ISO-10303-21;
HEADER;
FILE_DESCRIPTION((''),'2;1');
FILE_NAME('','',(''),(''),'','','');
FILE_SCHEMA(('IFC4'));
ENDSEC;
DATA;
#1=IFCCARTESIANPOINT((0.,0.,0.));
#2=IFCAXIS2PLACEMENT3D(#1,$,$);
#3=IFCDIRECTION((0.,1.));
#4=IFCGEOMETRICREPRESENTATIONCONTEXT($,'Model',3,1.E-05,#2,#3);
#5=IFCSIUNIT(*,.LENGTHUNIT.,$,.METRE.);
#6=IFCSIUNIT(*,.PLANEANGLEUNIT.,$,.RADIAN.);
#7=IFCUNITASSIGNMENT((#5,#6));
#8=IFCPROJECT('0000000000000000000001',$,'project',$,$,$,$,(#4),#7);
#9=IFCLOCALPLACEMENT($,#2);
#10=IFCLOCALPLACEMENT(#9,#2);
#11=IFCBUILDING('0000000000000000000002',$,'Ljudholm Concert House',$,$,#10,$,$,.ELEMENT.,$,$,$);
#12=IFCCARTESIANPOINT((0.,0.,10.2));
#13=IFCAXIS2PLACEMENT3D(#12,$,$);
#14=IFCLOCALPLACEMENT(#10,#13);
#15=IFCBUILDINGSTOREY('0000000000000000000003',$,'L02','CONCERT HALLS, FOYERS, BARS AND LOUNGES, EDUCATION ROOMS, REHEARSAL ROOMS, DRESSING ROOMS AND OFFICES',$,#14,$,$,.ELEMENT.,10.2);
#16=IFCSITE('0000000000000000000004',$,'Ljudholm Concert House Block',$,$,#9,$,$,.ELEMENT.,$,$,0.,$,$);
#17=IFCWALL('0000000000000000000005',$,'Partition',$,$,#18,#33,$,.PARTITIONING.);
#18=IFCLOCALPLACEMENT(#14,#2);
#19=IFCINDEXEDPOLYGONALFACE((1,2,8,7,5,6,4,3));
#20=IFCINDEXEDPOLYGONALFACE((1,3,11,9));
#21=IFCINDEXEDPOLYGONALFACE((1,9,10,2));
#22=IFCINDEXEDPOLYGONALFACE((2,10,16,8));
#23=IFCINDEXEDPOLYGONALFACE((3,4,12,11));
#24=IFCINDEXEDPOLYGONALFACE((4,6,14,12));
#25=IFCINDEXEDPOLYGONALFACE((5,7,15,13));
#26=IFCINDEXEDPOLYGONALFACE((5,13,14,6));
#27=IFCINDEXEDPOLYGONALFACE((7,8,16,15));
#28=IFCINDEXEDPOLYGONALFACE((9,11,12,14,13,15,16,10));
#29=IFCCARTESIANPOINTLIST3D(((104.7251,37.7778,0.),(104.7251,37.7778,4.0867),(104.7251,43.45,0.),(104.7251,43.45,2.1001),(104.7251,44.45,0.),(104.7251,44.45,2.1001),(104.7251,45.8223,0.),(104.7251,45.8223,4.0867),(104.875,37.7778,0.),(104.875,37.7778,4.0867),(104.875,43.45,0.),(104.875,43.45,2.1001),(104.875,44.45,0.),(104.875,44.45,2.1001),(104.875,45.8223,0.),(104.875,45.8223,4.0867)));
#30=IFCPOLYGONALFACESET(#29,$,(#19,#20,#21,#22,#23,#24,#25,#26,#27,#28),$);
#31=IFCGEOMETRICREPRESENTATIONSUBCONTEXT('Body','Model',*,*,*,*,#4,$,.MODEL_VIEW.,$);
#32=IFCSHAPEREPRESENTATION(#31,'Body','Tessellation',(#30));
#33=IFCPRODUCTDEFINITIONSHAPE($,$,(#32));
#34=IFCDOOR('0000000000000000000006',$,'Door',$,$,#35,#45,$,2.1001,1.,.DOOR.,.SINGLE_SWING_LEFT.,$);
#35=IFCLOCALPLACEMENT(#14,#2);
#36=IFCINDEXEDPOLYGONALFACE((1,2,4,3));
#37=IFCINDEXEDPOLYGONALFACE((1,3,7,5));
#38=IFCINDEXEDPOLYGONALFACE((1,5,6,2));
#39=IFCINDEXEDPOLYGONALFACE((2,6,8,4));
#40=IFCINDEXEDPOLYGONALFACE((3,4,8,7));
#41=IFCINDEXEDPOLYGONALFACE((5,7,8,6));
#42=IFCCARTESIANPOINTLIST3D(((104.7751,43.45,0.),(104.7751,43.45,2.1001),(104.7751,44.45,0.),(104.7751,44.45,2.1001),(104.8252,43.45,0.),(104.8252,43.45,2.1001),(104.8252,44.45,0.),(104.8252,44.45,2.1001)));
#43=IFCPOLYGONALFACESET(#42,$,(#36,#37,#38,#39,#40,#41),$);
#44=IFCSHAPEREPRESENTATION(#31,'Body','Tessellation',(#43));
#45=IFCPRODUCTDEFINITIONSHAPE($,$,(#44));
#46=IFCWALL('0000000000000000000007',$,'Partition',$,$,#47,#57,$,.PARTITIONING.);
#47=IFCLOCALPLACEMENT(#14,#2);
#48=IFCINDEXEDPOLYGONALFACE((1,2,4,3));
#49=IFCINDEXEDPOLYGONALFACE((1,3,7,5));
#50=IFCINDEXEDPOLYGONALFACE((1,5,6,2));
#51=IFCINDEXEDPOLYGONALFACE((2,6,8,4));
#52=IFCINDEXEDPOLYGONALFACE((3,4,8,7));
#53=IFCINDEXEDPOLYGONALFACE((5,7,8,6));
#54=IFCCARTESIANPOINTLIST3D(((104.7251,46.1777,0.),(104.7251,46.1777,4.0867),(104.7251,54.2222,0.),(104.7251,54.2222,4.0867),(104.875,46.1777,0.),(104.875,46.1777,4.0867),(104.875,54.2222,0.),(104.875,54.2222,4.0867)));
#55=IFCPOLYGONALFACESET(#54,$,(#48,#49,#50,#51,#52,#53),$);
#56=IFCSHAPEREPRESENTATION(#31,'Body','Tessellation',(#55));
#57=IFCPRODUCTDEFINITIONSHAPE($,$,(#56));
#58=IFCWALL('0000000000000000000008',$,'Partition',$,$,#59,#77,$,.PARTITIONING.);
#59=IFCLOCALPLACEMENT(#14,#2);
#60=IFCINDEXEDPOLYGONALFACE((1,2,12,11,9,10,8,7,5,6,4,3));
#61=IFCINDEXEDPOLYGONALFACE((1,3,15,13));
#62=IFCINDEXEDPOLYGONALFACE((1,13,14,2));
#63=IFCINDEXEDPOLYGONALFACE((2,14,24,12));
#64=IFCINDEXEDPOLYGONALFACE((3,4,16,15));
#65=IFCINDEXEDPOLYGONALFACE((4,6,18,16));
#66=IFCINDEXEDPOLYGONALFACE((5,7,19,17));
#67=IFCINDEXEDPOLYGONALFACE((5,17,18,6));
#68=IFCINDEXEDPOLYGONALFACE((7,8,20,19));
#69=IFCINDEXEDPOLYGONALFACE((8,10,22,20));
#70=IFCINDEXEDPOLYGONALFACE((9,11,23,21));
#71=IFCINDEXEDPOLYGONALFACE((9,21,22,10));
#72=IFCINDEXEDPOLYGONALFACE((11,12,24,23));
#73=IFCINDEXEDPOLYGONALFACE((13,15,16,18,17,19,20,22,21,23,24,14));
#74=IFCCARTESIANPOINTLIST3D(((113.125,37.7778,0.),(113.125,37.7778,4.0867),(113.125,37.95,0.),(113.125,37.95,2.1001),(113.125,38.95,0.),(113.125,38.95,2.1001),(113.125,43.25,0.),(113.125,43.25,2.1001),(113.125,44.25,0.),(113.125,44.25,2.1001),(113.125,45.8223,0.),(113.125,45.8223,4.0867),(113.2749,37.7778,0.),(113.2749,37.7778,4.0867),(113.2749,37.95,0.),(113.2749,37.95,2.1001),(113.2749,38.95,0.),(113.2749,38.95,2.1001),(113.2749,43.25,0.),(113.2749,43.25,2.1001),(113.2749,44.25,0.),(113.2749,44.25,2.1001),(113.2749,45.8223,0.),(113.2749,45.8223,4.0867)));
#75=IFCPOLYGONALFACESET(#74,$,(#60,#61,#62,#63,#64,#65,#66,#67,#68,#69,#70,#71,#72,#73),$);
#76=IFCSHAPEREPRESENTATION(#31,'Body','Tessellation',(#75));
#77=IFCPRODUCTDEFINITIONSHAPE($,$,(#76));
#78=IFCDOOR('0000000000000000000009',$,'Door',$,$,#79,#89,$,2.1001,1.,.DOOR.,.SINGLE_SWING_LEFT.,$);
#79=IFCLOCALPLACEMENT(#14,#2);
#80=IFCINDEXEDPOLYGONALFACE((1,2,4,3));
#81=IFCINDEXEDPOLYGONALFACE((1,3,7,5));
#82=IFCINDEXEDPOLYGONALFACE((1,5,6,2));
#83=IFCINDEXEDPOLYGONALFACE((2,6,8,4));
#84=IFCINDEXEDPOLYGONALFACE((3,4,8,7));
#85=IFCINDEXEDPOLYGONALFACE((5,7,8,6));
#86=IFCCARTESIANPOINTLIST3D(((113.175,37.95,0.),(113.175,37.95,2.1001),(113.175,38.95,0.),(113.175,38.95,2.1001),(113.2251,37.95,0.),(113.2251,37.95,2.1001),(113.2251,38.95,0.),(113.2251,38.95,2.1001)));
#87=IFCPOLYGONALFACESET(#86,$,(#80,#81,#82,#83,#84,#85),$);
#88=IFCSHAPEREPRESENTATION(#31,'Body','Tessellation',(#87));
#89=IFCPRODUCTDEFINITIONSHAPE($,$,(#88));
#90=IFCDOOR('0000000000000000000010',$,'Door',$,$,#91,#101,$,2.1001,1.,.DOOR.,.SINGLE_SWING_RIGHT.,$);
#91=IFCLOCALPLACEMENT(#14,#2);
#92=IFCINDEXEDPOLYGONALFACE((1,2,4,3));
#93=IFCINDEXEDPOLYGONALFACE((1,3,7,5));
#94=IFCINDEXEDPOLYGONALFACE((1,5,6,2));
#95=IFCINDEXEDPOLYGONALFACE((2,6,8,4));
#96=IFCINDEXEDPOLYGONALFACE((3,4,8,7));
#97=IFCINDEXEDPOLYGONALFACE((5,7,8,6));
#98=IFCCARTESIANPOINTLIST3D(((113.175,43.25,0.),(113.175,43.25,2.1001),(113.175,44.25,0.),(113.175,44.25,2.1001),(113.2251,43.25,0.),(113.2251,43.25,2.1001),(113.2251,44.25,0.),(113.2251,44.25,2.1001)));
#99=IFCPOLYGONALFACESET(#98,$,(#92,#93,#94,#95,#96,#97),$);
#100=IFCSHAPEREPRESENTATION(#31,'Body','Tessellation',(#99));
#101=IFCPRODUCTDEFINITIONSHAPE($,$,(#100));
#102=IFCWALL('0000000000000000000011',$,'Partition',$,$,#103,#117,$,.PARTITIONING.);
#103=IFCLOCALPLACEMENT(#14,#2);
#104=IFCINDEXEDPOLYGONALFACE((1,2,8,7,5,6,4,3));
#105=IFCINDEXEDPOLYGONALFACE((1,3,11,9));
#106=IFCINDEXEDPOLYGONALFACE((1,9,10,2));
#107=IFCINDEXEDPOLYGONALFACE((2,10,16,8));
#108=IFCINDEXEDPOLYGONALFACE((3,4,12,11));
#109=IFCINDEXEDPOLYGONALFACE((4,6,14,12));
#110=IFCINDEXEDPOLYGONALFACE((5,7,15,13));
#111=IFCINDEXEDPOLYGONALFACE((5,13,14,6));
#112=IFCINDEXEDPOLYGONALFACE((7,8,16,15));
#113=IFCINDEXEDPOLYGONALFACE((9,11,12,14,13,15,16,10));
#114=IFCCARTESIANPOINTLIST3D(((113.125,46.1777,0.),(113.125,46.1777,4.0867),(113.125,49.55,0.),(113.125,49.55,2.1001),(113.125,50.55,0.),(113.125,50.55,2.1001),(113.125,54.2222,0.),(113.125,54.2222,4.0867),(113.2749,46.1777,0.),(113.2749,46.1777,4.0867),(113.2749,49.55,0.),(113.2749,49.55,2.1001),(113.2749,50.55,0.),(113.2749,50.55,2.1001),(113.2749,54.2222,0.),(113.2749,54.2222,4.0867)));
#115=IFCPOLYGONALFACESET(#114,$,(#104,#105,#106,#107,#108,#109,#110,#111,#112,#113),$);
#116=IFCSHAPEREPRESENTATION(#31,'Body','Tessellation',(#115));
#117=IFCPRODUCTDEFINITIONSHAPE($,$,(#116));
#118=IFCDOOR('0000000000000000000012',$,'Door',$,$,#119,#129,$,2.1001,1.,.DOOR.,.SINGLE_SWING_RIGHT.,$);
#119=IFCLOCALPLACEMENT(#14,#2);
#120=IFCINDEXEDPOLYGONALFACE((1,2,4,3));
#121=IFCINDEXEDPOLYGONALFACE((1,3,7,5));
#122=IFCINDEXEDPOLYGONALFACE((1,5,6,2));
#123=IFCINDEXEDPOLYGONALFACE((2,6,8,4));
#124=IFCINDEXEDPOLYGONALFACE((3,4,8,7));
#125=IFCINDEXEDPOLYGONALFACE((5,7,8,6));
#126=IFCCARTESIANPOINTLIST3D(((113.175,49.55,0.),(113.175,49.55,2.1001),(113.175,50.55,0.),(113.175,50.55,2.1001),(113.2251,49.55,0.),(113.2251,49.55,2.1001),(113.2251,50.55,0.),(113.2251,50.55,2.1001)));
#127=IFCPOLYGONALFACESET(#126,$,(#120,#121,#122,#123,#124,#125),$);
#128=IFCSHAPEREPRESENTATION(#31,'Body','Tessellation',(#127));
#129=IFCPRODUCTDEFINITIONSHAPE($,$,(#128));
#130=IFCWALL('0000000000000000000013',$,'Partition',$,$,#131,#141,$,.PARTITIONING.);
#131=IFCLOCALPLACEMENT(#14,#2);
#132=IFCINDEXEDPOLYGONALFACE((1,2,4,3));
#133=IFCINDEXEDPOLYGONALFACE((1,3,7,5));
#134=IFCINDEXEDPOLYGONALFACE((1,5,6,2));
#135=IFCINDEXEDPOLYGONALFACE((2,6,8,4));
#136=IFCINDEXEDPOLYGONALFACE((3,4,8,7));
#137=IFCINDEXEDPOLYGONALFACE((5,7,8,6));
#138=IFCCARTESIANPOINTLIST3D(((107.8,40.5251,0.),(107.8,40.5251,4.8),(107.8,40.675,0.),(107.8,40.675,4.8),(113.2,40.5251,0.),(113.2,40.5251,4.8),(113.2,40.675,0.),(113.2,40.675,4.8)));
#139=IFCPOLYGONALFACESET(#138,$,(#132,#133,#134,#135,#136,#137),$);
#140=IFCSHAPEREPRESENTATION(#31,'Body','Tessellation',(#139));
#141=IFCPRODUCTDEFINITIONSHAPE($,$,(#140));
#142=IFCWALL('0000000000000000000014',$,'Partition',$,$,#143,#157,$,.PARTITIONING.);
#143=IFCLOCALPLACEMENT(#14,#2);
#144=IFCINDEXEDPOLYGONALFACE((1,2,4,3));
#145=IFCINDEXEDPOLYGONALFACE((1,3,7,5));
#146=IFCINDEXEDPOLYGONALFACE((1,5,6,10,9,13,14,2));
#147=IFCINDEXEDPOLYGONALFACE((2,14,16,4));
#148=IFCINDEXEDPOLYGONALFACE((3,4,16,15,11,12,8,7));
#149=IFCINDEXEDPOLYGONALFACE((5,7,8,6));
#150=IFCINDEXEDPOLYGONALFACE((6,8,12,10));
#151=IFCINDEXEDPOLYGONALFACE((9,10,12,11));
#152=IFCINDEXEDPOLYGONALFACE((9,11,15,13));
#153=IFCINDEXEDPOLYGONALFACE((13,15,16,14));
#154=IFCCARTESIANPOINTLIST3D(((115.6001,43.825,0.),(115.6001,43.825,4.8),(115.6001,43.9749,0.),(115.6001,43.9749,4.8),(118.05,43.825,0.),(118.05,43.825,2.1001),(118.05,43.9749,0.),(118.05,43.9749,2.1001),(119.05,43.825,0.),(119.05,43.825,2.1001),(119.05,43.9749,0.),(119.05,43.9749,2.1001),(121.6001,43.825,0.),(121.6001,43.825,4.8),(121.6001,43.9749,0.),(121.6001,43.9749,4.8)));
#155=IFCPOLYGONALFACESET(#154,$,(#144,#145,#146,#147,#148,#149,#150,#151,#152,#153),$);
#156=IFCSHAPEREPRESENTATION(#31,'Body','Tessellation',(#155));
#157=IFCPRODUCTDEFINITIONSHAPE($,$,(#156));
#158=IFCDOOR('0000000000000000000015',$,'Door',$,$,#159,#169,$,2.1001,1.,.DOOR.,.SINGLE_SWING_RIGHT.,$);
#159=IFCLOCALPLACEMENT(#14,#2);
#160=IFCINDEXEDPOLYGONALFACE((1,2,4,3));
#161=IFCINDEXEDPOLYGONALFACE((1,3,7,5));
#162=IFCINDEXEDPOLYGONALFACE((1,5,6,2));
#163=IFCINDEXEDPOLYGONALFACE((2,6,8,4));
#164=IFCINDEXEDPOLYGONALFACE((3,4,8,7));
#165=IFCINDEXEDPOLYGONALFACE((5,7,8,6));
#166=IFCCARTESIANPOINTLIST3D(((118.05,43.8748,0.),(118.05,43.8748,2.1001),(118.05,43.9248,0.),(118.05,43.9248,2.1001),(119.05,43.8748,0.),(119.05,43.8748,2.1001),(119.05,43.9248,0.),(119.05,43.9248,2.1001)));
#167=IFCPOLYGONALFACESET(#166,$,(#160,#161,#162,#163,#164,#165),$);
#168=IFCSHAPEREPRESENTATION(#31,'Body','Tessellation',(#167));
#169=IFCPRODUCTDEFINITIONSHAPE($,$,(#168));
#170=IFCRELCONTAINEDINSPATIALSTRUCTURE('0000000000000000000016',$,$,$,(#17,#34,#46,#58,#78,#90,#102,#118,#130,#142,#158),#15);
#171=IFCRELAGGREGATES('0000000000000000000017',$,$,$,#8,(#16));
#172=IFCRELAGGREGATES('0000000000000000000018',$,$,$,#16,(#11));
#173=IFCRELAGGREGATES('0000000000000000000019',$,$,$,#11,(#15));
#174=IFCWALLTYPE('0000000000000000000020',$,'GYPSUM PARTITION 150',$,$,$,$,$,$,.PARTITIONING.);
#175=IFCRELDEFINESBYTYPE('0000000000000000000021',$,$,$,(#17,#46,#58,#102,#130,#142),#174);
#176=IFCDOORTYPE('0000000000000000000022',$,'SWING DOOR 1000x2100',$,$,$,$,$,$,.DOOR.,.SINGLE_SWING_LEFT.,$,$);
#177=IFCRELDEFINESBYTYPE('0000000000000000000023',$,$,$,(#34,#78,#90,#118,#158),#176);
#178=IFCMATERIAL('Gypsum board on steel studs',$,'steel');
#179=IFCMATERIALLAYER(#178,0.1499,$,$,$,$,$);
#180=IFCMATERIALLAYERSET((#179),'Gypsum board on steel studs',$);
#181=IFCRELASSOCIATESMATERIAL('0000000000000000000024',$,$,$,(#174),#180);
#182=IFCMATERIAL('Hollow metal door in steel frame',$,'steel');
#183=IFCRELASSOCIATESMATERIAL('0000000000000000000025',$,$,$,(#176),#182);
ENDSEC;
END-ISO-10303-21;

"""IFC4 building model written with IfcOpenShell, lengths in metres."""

from ifc_helpers import new_model, si_unit, direction, frame, frame_2d, origin, place, context, subcontext, project, spatial, rectangle, extrude, material, layer, layer_set, type_object, element, fill, save


model = new_model("IFC4")

# Units and contexts
model_context = context("Model", 3, precision=1e-05, world=origin(), true_north=direction((0.0, 1.0)))
body_context = subcontext(model_context, "Body", "Model", "MODEL_VIEW")
ifc_project = project(units=[si_unit("LENGTHUNIT", "METRE"), si_unit("PLANEANGLEUNIT", "RADIAN")], contexts=[model_context])

# Site, building, storey
site_placement = place(None, origin())
site = spatial("IfcSite", under=ifc_project, at=site_placement, Name="Ljudholm Concert House Block", CompositionType="ELEMENT", RefElevation=0.0)
building_placement = place(site_placement, origin())
building = spatial("IfcBuilding", under=site, at=building_placement, Name="Ljudholm Concert House", CompositionType="ELEMENT")
storey_placement = place(building_placement, frame((0.0, 0.0, 10.2)))
storey = spatial("IfcBuildingStorey", under=building, at=storey_placement, Name="L02", Description="CONCERT HALLS, FOYERS, BARS AND LOUNGES, EDUCATION ROOMS, REHEARSAL ROOMS, DRESSING ROOMS AND OFFICES", CompositionType="ELEMENT", Elevation=10.2)

# Wall, opening, door
ifc_material_1 = material(Name="Gypsum board on steel studs", Category="steel")
ifc_layer = layer(ifc_material_1, 0.1499)
ifc_layer_set = layer_set([ifc_layer], Name="Gypsum board on steel studs")
wall_type = type_object("IfcWallType", Name="GYPSUM PARTITION 150", PredefinedType="PARTITIONING", material=ifc_layer_set)
wall_1_placement = place(storey_placement, frame((104.8, 37.7778, 0.0), z_axis=(0.0, 0.0, 1.0), x_axis=(0.0, 1.0, 0.0)))
wall_1 = element("IfcWall", 1, at=wall_1_placement, inside=storey, type_object=wall_type, Name="Partition", PredefinedType="PARTITIONING", context=body_context, shape_type="SweptSolid", body=[
    extrude(rectangle(XDim=8.0444, YDim=0.1499, at=frame_2d((4.0222, 0.0))), origin(), (0.0, 0.0, 1.0), 4.0867),
])
opening_1_placement = place(wall_1_placement, frame((5.6721, 0.0, 0.0)))
opening_1 = element("IfcOpeningElement", 2, at=opening_1_placement, cuts=wall_1, PredefinedType="OPENING", context=body_context, shape_type="SweptSolid", body=[
    extrude(rectangle(XDim=1.0, YDim=2.1001, at=frame_2d((0.5, 1.05))), frame((0.0, 0.085, 0.0), z_axis=(0.0, -1.0, 0.0), x_axis=(1.0, 0.0, 0.0)), (0.0, 0.0, 1.0), 0.1699),
])
ifc_material_2 = material(Name="Hollow metal door in steel frame", Category="steel")
door_type = type_object("IfcDoorType", Name="SWING DOOR 1000x2100", OperationType="SINGLE_SWING_LEFT", PredefinedType="DOOR", material=ifc_material_2)
door_1_placement = place(opening_1_placement, origin())
door_1 = element("IfcDoor", 3, at=door_1_placement, inside=storey, type_object=door_type, Name="Door", OperationType="SINGLE_SWING_LEFT", OverallHeight=2.1001, OverallWidth=1.0, PredefinedType="DOOR", context=body_context, shape_type="SweptSolid", body=[
    extrude(rectangle(XDim=1.0, YDim=2.1001, at=frame_2d((0.5, 1.05))), frame((0.0, 0.0249, 0.0), z_axis=(0.0, -1.0, 0.0), x_axis=(1.0, 0.0, 0.0)), (0.0, 0.0, 1.0), 0.05),
])
fill(opening_1, door_1)

# Wall
wall_2_placement = place(storey_placement, frame((104.8, 46.1777, 0.0), z_axis=(0.0, 0.0, 1.0), x_axis=(0.0, 1.0, 0.0)))
element("IfcWall", 4, at=wall_2_placement, inside=storey, type_object=wall_type, Name="Partition", PredefinedType="PARTITIONING", context=body_context, shape_type="SweptSolid", body=[
    extrude(rectangle(XDim=8.0444, YDim=0.1499, at=frame_2d((4.0222, 0.0))), origin(), (0.0, 0.0, 1.0), 4.0867),
])

# Wall, openings, doors
wall_3_placement = place(storey_placement, frame((113.2, 37.7778, 0.0), z_axis=(0.0, 0.0, 1.0), x_axis=(0.0, 1.0, 0.0)))
wall_3 = element("IfcWall", 5, at=wall_3_placement, inside=storey, type_object=wall_type, Name="Partition", PredefinedType="PARTITIONING", context=body_context, shape_type="SweptSolid", body=[
    extrude(rectangle(XDim=8.0444, YDim=0.1499, at=frame_2d((4.0222, 0.0))), origin(), (0.0, 0.0, 1.0), 4.0867),
])
opening_2_placement = place(wall_3_placement, frame((0.1721, 0.0, 0.0)))
opening_2 = element("IfcOpeningElement", 6, at=opening_2_placement, cuts=wall_3, PredefinedType="OPENING", context=body_context, shape_type="SweptSolid", body=[
    extrude(rectangle(XDim=1.0, YDim=2.1001, at=frame_2d((0.5, 1.05))), frame((0.0, 0.085, 0.0), z_axis=(0.0, -1.0, 0.0), x_axis=(1.0, 0.0, 0.0)), (0.0, 0.0, 1.0), 0.1699),
])
opening_3_placement = place(wall_3_placement, frame((5.4722, 0.0, 0.0)))
opening_3 = element("IfcOpeningElement", 7, at=opening_3_placement, cuts=wall_3, PredefinedType="OPENING", context=body_context, shape_type="SweptSolid", body=[
    extrude(rectangle(XDim=1.0, YDim=2.1001, at=frame_2d((0.5, 1.05))), frame((0.0, 0.085, 0.0), z_axis=(0.0, -1.0, 0.0), x_axis=(1.0, 0.0, 0.0)), (0.0, 0.0, 1.0), 0.1699),
])
door_2_placement = place(opening_2_placement, origin())
door_2 = element("IfcDoor", 8, at=door_2_placement, inside=storey, type_object=door_type, Name="Door", OperationType="SINGLE_SWING_LEFT", OverallHeight=2.1001, OverallWidth=1.0, PredefinedType="DOOR", context=body_context, shape_type="SweptSolid", body=[
    extrude(rectangle(XDim=1.0, YDim=2.1001, at=frame_2d((0.5, 1.05))), frame((0.0, 0.0249, 0.0), z_axis=(0.0, -1.0, 0.0), x_axis=(1.0, 0.0, 0.0)), (0.0, 0.0, 1.0), 0.05),
])
fill(opening_2, door_2)
door_3_placement = place(opening_3_placement, origin())
door_3 = element("IfcDoor", 9, at=door_3_placement, inside=storey, type_object=door_type, Name="Door", OperationType="SINGLE_SWING_RIGHT", OverallHeight=2.1001, OverallWidth=1.0, PredefinedType="DOOR", context=body_context, shape_type="SweptSolid", body=[
    extrude(rectangle(XDim=1.0, YDim=2.1001, at=frame_2d((0.5, 1.05))), frame((0.0, 0.0249, 0.0), z_axis=(0.0, -1.0, 0.0), x_axis=(1.0, 0.0, 0.0)), (0.0, 0.0, 1.0), 0.05),
])
fill(opening_3, door_3)

# Wall, opening, door
wall_4_placement = place(storey_placement, frame((113.2, 46.1777, 0.0), z_axis=(0.0, 0.0, 1.0), x_axis=(0.0, 1.0, 0.0)))
wall_4 = element("IfcWall", 10, at=wall_4_placement, inside=storey, type_object=wall_type, Name="Partition", PredefinedType="PARTITIONING", context=body_context, shape_type="SweptSolid", body=[
    extrude(rectangle(XDim=8.0444, YDim=0.1499, at=frame_2d((4.0222, 0.0))), origin(), (0.0, 0.0, 1.0), 4.0867),
])
opening_4_placement = place(wall_4_placement, frame((3.3723, 0.0, 0.0)))
opening_4 = element("IfcOpeningElement", 11, at=opening_4_placement, cuts=wall_4, PredefinedType="OPENING", context=body_context, shape_type="SweptSolid", body=[
    extrude(rectangle(XDim=1.0, YDim=2.1001, at=frame_2d((0.5, 1.05))), frame((0.0, 0.085, 0.0), z_axis=(0.0, -1.0, 0.0), x_axis=(1.0, 0.0, 0.0)), (0.0, 0.0, 1.0), 0.1699),
])
door_4_placement = place(opening_4_placement, origin())
door_4 = element("IfcDoor", 12, at=door_4_placement, inside=storey, type_object=door_type, Name="Door", OperationType="SINGLE_SWING_RIGHT", OverallHeight=2.1001, OverallWidth=1.0, PredefinedType="DOOR", context=body_context, shape_type="SweptSolid", body=[
    extrude(rectangle(XDim=1.0, YDim=2.1001, at=frame_2d((0.5, 1.05))), frame((0.0, 0.0249, 0.0), z_axis=(0.0, -1.0, 0.0), x_axis=(1.0, 0.0, 0.0)), (0.0, 0.0, 1.0), 0.05),
])
fill(opening_4, door_4)

# Wall
wall_5_placement = place(storey_placement, frame((107.8, 40.6001, 0.0), z_axis=(0.0, 0.0, 1.0), x_axis=(1.0, 0.0, 0.0)))
element("IfcWall", 13, at=wall_5_placement, inside=storey, type_object=wall_type, Name="Partition", PredefinedType="PARTITIONING", context=body_context, shape_type="SweptSolid", body=[
    extrude(rectangle(XDim=5.3999, YDim=0.1499, at=frame_2d((2.7, 0.0))), origin(), (0.0, 0.0, 1.0), 4.8),
])

# Wall, opening, door
wall_6_placement = place(storey_placement, frame((115.6001, 43.8999, 0.0), z_axis=(0.0, 0.0, 1.0), x_axis=(1.0, 0.0, 0.0)))
wall_6 = element("IfcWall", 14, at=wall_6_placement, inside=storey, type_object=wall_type, Name="Partition", PredefinedType="PARTITIONING", context=body_context, shape_type="SweptSolid", body=[
    extrude(rectangle(XDim=6.0, YDim=0.1499, at=frame_2d((3.0, 0.0))), origin(), (0.0, 0.0, 1.0), 4.8),
])
opening_5_placement = place(wall_6_placement, frame((2.45, 0.0, 0.0)))
opening_5 = element("IfcOpeningElement", 15, at=opening_5_placement, cuts=wall_6, PredefinedType="OPENING", context=body_context, shape_type="SweptSolid", body=[
    extrude(rectangle(XDim=1.0, YDim=2.1001, at=frame_2d((0.5, 1.05))), frame((0.0, 0.085, 0.0), z_axis=(0.0, -1.0, 0.0), x_axis=(1.0, 0.0, 0.0)), (0.0, 0.0, 1.0), 0.1699),
])
door_5_placement = place(opening_5_placement, origin())
door_5 = element("IfcDoor", 16, at=door_5_placement, inside=storey, type_object=door_type, Name="Door", OperationType="SINGLE_SWING_RIGHT", OverallHeight=2.1001, OverallWidth=1.0, PredefinedType="DOOR", context=body_context, shape_type="SweptSolid", body=[
    extrude(rectangle(XDim=1.0, YDim=2.1001, at=frame_2d((0.5, 1.05))), frame((0.0, 0.0249, 0.0), z_axis=(0.0, -1.0, 0.0), x_axis=(1.0, 0.0, 0.0)), (0.0, 0.0, 1.0), 0.05),
])
fill(opening_5, door_5)

save(model, "model.ifc")
